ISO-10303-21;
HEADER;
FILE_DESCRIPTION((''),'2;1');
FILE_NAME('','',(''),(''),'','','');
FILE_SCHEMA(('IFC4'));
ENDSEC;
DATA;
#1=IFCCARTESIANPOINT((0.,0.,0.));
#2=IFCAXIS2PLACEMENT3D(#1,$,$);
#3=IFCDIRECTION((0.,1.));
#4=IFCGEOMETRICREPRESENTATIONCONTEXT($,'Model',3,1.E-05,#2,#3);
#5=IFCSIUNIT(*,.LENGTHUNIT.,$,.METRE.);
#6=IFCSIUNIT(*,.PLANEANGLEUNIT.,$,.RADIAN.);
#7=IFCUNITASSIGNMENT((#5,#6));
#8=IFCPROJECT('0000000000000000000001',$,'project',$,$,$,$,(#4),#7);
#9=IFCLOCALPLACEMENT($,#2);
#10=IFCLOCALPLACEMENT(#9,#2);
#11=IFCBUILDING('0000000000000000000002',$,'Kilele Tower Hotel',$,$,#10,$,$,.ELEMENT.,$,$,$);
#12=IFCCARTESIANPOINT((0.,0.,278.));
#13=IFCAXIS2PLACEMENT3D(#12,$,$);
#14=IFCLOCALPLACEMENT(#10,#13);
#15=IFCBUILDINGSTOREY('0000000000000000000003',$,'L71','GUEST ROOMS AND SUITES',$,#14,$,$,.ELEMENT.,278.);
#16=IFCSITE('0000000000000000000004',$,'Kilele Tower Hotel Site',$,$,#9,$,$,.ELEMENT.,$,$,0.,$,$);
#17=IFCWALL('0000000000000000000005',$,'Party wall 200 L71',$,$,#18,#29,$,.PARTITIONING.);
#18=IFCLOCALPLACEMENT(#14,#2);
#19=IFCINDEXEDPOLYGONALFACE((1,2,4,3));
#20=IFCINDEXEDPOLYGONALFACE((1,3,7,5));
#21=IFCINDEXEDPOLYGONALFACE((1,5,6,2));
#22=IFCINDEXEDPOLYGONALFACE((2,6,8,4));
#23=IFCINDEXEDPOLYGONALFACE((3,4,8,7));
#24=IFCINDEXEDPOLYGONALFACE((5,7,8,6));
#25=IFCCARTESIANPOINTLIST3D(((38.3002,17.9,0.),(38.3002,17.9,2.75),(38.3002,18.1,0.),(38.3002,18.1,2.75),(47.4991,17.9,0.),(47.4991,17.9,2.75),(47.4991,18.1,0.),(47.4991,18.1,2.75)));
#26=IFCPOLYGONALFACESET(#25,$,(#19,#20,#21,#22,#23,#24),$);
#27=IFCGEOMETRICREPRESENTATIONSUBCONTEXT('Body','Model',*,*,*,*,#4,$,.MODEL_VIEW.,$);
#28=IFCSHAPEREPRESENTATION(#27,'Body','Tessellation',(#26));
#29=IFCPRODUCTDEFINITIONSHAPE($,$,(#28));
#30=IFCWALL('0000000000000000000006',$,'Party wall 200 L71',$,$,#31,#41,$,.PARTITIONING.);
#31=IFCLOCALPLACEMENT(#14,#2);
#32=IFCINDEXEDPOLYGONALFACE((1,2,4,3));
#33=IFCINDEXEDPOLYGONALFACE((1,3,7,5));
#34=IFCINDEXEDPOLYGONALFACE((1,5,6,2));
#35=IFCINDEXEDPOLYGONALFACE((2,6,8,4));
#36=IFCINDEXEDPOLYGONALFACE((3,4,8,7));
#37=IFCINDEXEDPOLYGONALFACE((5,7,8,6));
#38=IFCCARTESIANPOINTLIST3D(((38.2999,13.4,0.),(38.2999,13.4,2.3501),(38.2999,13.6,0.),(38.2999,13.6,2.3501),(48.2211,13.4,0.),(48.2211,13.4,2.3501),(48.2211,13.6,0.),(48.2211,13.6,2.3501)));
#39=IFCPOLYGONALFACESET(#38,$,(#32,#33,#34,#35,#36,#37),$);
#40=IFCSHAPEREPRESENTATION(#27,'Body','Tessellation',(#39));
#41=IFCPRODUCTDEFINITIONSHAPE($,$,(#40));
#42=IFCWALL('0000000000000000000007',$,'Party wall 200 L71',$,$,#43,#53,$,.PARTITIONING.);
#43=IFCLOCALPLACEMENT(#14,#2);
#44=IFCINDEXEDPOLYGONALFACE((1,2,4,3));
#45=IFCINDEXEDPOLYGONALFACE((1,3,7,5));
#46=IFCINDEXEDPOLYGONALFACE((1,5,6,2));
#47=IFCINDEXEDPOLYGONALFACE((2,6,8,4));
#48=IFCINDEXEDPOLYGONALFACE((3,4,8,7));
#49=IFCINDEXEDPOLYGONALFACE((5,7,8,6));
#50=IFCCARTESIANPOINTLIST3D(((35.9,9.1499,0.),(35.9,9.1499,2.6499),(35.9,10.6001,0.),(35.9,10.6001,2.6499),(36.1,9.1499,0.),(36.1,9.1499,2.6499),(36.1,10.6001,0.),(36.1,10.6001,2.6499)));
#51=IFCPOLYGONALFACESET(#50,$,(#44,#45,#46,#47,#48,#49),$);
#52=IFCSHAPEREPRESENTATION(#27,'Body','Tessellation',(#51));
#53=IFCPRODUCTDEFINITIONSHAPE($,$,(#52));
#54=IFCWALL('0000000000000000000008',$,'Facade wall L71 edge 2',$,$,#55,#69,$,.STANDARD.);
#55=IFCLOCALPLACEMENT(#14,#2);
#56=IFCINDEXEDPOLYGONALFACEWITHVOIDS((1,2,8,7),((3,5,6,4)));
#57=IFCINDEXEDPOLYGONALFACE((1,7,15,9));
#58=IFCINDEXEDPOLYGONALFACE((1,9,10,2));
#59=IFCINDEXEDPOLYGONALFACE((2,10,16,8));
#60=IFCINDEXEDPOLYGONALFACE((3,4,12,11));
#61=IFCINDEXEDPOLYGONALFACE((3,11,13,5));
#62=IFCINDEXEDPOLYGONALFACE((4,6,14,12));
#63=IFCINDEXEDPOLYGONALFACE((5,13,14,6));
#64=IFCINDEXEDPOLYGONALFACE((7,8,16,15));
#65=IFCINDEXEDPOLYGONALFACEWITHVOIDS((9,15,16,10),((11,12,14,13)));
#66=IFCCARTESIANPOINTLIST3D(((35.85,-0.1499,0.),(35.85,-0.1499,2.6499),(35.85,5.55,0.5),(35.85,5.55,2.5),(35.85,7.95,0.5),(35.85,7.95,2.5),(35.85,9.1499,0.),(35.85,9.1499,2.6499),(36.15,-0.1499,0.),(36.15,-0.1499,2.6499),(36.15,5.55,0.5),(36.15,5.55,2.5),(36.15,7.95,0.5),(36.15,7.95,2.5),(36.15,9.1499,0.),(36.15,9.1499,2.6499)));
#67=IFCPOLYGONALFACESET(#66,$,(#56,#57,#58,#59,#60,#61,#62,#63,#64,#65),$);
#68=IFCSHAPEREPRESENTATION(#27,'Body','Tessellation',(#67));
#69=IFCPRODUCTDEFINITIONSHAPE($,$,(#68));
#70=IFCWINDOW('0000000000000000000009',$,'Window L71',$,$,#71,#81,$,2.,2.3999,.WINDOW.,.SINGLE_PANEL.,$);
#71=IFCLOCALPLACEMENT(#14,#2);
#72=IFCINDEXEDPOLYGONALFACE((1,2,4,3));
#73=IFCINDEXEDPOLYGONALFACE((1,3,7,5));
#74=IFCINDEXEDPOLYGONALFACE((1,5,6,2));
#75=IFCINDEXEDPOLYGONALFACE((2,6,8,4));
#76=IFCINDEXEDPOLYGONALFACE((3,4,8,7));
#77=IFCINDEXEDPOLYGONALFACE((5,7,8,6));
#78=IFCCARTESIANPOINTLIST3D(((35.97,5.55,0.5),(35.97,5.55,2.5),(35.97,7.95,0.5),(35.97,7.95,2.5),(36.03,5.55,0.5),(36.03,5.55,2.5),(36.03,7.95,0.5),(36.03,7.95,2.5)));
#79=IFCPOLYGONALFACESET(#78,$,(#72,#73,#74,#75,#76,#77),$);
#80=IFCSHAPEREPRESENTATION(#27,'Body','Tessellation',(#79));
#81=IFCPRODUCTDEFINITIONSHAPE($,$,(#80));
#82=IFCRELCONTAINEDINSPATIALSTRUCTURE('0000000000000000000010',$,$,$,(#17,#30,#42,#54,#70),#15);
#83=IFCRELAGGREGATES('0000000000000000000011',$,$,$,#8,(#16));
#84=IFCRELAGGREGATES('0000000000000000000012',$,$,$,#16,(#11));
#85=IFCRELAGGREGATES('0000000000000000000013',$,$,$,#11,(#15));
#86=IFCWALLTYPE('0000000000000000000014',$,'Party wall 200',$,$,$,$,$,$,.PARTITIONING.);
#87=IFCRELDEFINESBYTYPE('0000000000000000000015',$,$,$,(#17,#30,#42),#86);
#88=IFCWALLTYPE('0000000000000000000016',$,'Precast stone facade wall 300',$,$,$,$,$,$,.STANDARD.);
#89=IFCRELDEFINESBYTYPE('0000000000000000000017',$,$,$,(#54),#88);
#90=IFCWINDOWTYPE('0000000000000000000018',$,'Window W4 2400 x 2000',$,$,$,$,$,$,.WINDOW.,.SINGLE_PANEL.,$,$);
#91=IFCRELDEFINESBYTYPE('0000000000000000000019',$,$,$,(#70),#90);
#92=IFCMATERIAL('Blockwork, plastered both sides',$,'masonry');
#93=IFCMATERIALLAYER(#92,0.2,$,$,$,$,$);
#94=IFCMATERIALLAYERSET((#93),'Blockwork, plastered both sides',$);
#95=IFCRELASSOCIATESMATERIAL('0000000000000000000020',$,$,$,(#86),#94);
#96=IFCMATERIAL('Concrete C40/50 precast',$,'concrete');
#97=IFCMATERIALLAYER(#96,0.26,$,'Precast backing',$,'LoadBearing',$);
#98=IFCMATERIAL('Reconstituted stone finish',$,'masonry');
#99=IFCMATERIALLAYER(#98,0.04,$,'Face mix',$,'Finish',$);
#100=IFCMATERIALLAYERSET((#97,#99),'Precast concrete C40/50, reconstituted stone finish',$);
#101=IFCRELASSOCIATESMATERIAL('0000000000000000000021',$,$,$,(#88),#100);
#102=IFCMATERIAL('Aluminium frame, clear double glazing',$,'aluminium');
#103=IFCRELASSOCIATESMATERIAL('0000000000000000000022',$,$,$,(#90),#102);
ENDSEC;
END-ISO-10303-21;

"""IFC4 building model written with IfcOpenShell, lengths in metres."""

from ifc_helpers import new_model, si_unit, direction, frame, frame_2d, origin, place, context, subcontext, project, spatial, rectangle, extrude, material, layer, layer_set, type_object, element, fill, save


model = new_model("IFC4")

# Units and contexts
model_context = context("Model", 3, precision=1e-05, world=origin(), true_north=direction((0.0, 1.0)))
body_context = subcontext(model_context, "Body", "Model", "MODEL_VIEW")
ifc_project = project(units=[si_unit("LENGTHUNIT", "METRE"), si_unit("PLANEANGLEUNIT", "RADIAN")], contexts=[model_context])

# Site, building, storey
site_placement = place(None, origin())
site = spatial("IfcSite", under=ifc_project, at=site_placement, Name="Kilele Tower Hotel Site", CompositionType="ELEMENT", RefElevation=0.0)
building_placement = place(site_placement, origin())
building = spatial("IfcBuilding", under=site, at=building_placement, Name="Kilele Tower Hotel", CompositionType="ELEMENT")
storey_placement = place(building_placement, frame((0.0, 0.0, 278.0)))
storey = spatial("IfcBuildingStorey", under=building, at=storey_placement, Name="L71", Description="GUEST ROOMS AND SUITES", CompositionType="ELEMENT", Elevation=278.0)

# Walls
ifc_material_1 = material(Name="Blockwork, plastered both sides", Category="masonry")
ifc_layer_1 = layer(ifc_material_1, 0.2)
ifc_layer_set_1 = layer_set([ifc_layer_1], Name="Blockwork, plastered both sides")
wall_type_1 = type_object("IfcWallType", Name="Party wall 200", PredefinedType="PARTITIONING", material=ifc_layer_set_1)
wall_1_placement = place(storey_placement, frame((38.3, 18.0, 0.0), z_axis=(0.0, 0.0, 1.0), x_axis=(1.0, 0.0, 0.0)))
element("IfcWall", 1, at=wall_1_placement, inside=storey, type_object=wall_type_1, Name="Party wall 200 L71", PredefinedType="PARTITIONING", context=body_context, shape_type="SweptSolid", body=[
    extrude(rectangle(XDim=9.199, YDim=0.2, at=frame_2d((4.5996, 0.0))), origin(), (0.0, 0.0, 1.0), 2.75),
])
wall_2_placement = place(storey_placement, frame((38.3, 13.5, 0.0), z_axis=(0.0, 0.0, 1.0), x_axis=(1.0, 0.0, 0.0)))
element("IfcWall", 2, at=wall_2_placement, inside=storey, type_object=wall_type_1, Name="Party wall 200 L71", PredefinedType="PARTITIONING", context=body_context, shape_type="SweptSolid", body=[
    extrude(rectangle(XDim=9.9211, YDim=0.2, at=frame_2d((4.9604, 0.0))), origin(), (0.0, 0.0, 1.0), 2.3501),
])
wall_3_placement = place(storey_placement, frame((36.0, 10.6001, 0.0), z_axis=(0.0, 0.0, 1.0), x_axis=(0.0, -1.0, 0.0)))
element("IfcWall", 3, at=wall_3_placement, inside=storey, type_object=wall_type_1, Name="Party wall 200 L71", PredefinedType="PARTITIONING", context=body_context, shape_type="SweptSolid", body=[
    extrude(rectangle(XDim=1.4502, YDim=0.2, at=frame_2d((0.7251, 0.0))), origin(), (0.0, 0.0, 1.0), 2.6499),
])

# Wall, opening, window
ifc_material_2 = material(Name="Concrete C40/50 precast", Category="concrete")
ifc_layer_2 = layer(ifc_material_2, 0.26, Name="Precast backing", Category="LoadBearing")
ifc_material_3 = material(Name="Reconstituted stone finish", Category="masonry")
ifc_layer_3 = layer(ifc_material_3, 0.04, Name="Face mix", Category="Finish")
ifc_layer_set_2 = layer_set([ifc_layer_2, ifc_layer_3], Name="Precast concrete C40/50, reconstituted stone finish")
wall_type_2 = type_object("IfcWallType", Name="Precast stone facade wall 300", PredefinedType="STANDARD", material=ifc_layer_set_2)
wall_4_placement = place(storey_placement, frame((36.0, 9.1499, 0.0), z_axis=(0.0, 0.0, 1.0), x_axis=(0.0, -1.0, 0.0)))
wall_4 = element("IfcWall", 4, at=wall_4_placement, inside=storey, type_object=wall_type_2, Name="Facade wall L71 edge 2", PredefinedType="STANDARD", context=body_context, shape_type="SweptSolid", body=[
    extrude(rectangle(XDim=9.2998, YDim=0.3, at=frame_2d((4.6499, 0.0))), origin(), (0.0, 0.0, 1.0), 2.6499),
])
opening_1_placement = place(wall_4_placement, frame((1.2, 0.0, 0.5)))
opening_1 = element("IfcOpeningElement", 5, at=opening_1_placement, cuts=wall_4, PredefinedType="OPENING", context=body_context, shape_type="SweptSolid", body=[
    extrude(rectangle(XDim=2.3999, YDim=2.0, at=frame_2d((1.2, 1.0))), frame((0.0, 0.1599, 0.0), z_axis=(0.0, -1.0, 0.0), x_axis=(1.0, 0.0, 0.0)), (0.0, 0.0, 1.0), 0.3201),
])
ifc_material_4 = material(Name="Aluminium frame, clear double glazing", Category="aluminium")
window_type = type_object("IfcWindowType", Name="Window W4 2400 x 2000", PartitioningType="SINGLE_PANEL", PredefinedType="WINDOW", material=ifc_material_4)
window_placement = place(opening_1_placement, origin())
window = element("IfcWindow", 6, at=window_placement, inside=storey, type_object=window_type, Name="Window L71", OverallHeight=2.0, OverallWidth=2.3999, PartitioningType="SINGLE_PANEL", PredefinedType="WINDOW", context=body_context, shape_type="SweptSolid", body=[
    extrude(rectangle(XDim=2.3999, YDim=2.0, at=frame_2d((1.2, 1.0))), frame((0.0, 0.03, 0.0), z_axis=(0.0, -1.0, 0.0), x_axis=(1.0, 0.0, 0.0)), (0.0, 0.0, 1.0), 0.0601),
])
fill(opening_1, window)

save(model, "model.ifc")
